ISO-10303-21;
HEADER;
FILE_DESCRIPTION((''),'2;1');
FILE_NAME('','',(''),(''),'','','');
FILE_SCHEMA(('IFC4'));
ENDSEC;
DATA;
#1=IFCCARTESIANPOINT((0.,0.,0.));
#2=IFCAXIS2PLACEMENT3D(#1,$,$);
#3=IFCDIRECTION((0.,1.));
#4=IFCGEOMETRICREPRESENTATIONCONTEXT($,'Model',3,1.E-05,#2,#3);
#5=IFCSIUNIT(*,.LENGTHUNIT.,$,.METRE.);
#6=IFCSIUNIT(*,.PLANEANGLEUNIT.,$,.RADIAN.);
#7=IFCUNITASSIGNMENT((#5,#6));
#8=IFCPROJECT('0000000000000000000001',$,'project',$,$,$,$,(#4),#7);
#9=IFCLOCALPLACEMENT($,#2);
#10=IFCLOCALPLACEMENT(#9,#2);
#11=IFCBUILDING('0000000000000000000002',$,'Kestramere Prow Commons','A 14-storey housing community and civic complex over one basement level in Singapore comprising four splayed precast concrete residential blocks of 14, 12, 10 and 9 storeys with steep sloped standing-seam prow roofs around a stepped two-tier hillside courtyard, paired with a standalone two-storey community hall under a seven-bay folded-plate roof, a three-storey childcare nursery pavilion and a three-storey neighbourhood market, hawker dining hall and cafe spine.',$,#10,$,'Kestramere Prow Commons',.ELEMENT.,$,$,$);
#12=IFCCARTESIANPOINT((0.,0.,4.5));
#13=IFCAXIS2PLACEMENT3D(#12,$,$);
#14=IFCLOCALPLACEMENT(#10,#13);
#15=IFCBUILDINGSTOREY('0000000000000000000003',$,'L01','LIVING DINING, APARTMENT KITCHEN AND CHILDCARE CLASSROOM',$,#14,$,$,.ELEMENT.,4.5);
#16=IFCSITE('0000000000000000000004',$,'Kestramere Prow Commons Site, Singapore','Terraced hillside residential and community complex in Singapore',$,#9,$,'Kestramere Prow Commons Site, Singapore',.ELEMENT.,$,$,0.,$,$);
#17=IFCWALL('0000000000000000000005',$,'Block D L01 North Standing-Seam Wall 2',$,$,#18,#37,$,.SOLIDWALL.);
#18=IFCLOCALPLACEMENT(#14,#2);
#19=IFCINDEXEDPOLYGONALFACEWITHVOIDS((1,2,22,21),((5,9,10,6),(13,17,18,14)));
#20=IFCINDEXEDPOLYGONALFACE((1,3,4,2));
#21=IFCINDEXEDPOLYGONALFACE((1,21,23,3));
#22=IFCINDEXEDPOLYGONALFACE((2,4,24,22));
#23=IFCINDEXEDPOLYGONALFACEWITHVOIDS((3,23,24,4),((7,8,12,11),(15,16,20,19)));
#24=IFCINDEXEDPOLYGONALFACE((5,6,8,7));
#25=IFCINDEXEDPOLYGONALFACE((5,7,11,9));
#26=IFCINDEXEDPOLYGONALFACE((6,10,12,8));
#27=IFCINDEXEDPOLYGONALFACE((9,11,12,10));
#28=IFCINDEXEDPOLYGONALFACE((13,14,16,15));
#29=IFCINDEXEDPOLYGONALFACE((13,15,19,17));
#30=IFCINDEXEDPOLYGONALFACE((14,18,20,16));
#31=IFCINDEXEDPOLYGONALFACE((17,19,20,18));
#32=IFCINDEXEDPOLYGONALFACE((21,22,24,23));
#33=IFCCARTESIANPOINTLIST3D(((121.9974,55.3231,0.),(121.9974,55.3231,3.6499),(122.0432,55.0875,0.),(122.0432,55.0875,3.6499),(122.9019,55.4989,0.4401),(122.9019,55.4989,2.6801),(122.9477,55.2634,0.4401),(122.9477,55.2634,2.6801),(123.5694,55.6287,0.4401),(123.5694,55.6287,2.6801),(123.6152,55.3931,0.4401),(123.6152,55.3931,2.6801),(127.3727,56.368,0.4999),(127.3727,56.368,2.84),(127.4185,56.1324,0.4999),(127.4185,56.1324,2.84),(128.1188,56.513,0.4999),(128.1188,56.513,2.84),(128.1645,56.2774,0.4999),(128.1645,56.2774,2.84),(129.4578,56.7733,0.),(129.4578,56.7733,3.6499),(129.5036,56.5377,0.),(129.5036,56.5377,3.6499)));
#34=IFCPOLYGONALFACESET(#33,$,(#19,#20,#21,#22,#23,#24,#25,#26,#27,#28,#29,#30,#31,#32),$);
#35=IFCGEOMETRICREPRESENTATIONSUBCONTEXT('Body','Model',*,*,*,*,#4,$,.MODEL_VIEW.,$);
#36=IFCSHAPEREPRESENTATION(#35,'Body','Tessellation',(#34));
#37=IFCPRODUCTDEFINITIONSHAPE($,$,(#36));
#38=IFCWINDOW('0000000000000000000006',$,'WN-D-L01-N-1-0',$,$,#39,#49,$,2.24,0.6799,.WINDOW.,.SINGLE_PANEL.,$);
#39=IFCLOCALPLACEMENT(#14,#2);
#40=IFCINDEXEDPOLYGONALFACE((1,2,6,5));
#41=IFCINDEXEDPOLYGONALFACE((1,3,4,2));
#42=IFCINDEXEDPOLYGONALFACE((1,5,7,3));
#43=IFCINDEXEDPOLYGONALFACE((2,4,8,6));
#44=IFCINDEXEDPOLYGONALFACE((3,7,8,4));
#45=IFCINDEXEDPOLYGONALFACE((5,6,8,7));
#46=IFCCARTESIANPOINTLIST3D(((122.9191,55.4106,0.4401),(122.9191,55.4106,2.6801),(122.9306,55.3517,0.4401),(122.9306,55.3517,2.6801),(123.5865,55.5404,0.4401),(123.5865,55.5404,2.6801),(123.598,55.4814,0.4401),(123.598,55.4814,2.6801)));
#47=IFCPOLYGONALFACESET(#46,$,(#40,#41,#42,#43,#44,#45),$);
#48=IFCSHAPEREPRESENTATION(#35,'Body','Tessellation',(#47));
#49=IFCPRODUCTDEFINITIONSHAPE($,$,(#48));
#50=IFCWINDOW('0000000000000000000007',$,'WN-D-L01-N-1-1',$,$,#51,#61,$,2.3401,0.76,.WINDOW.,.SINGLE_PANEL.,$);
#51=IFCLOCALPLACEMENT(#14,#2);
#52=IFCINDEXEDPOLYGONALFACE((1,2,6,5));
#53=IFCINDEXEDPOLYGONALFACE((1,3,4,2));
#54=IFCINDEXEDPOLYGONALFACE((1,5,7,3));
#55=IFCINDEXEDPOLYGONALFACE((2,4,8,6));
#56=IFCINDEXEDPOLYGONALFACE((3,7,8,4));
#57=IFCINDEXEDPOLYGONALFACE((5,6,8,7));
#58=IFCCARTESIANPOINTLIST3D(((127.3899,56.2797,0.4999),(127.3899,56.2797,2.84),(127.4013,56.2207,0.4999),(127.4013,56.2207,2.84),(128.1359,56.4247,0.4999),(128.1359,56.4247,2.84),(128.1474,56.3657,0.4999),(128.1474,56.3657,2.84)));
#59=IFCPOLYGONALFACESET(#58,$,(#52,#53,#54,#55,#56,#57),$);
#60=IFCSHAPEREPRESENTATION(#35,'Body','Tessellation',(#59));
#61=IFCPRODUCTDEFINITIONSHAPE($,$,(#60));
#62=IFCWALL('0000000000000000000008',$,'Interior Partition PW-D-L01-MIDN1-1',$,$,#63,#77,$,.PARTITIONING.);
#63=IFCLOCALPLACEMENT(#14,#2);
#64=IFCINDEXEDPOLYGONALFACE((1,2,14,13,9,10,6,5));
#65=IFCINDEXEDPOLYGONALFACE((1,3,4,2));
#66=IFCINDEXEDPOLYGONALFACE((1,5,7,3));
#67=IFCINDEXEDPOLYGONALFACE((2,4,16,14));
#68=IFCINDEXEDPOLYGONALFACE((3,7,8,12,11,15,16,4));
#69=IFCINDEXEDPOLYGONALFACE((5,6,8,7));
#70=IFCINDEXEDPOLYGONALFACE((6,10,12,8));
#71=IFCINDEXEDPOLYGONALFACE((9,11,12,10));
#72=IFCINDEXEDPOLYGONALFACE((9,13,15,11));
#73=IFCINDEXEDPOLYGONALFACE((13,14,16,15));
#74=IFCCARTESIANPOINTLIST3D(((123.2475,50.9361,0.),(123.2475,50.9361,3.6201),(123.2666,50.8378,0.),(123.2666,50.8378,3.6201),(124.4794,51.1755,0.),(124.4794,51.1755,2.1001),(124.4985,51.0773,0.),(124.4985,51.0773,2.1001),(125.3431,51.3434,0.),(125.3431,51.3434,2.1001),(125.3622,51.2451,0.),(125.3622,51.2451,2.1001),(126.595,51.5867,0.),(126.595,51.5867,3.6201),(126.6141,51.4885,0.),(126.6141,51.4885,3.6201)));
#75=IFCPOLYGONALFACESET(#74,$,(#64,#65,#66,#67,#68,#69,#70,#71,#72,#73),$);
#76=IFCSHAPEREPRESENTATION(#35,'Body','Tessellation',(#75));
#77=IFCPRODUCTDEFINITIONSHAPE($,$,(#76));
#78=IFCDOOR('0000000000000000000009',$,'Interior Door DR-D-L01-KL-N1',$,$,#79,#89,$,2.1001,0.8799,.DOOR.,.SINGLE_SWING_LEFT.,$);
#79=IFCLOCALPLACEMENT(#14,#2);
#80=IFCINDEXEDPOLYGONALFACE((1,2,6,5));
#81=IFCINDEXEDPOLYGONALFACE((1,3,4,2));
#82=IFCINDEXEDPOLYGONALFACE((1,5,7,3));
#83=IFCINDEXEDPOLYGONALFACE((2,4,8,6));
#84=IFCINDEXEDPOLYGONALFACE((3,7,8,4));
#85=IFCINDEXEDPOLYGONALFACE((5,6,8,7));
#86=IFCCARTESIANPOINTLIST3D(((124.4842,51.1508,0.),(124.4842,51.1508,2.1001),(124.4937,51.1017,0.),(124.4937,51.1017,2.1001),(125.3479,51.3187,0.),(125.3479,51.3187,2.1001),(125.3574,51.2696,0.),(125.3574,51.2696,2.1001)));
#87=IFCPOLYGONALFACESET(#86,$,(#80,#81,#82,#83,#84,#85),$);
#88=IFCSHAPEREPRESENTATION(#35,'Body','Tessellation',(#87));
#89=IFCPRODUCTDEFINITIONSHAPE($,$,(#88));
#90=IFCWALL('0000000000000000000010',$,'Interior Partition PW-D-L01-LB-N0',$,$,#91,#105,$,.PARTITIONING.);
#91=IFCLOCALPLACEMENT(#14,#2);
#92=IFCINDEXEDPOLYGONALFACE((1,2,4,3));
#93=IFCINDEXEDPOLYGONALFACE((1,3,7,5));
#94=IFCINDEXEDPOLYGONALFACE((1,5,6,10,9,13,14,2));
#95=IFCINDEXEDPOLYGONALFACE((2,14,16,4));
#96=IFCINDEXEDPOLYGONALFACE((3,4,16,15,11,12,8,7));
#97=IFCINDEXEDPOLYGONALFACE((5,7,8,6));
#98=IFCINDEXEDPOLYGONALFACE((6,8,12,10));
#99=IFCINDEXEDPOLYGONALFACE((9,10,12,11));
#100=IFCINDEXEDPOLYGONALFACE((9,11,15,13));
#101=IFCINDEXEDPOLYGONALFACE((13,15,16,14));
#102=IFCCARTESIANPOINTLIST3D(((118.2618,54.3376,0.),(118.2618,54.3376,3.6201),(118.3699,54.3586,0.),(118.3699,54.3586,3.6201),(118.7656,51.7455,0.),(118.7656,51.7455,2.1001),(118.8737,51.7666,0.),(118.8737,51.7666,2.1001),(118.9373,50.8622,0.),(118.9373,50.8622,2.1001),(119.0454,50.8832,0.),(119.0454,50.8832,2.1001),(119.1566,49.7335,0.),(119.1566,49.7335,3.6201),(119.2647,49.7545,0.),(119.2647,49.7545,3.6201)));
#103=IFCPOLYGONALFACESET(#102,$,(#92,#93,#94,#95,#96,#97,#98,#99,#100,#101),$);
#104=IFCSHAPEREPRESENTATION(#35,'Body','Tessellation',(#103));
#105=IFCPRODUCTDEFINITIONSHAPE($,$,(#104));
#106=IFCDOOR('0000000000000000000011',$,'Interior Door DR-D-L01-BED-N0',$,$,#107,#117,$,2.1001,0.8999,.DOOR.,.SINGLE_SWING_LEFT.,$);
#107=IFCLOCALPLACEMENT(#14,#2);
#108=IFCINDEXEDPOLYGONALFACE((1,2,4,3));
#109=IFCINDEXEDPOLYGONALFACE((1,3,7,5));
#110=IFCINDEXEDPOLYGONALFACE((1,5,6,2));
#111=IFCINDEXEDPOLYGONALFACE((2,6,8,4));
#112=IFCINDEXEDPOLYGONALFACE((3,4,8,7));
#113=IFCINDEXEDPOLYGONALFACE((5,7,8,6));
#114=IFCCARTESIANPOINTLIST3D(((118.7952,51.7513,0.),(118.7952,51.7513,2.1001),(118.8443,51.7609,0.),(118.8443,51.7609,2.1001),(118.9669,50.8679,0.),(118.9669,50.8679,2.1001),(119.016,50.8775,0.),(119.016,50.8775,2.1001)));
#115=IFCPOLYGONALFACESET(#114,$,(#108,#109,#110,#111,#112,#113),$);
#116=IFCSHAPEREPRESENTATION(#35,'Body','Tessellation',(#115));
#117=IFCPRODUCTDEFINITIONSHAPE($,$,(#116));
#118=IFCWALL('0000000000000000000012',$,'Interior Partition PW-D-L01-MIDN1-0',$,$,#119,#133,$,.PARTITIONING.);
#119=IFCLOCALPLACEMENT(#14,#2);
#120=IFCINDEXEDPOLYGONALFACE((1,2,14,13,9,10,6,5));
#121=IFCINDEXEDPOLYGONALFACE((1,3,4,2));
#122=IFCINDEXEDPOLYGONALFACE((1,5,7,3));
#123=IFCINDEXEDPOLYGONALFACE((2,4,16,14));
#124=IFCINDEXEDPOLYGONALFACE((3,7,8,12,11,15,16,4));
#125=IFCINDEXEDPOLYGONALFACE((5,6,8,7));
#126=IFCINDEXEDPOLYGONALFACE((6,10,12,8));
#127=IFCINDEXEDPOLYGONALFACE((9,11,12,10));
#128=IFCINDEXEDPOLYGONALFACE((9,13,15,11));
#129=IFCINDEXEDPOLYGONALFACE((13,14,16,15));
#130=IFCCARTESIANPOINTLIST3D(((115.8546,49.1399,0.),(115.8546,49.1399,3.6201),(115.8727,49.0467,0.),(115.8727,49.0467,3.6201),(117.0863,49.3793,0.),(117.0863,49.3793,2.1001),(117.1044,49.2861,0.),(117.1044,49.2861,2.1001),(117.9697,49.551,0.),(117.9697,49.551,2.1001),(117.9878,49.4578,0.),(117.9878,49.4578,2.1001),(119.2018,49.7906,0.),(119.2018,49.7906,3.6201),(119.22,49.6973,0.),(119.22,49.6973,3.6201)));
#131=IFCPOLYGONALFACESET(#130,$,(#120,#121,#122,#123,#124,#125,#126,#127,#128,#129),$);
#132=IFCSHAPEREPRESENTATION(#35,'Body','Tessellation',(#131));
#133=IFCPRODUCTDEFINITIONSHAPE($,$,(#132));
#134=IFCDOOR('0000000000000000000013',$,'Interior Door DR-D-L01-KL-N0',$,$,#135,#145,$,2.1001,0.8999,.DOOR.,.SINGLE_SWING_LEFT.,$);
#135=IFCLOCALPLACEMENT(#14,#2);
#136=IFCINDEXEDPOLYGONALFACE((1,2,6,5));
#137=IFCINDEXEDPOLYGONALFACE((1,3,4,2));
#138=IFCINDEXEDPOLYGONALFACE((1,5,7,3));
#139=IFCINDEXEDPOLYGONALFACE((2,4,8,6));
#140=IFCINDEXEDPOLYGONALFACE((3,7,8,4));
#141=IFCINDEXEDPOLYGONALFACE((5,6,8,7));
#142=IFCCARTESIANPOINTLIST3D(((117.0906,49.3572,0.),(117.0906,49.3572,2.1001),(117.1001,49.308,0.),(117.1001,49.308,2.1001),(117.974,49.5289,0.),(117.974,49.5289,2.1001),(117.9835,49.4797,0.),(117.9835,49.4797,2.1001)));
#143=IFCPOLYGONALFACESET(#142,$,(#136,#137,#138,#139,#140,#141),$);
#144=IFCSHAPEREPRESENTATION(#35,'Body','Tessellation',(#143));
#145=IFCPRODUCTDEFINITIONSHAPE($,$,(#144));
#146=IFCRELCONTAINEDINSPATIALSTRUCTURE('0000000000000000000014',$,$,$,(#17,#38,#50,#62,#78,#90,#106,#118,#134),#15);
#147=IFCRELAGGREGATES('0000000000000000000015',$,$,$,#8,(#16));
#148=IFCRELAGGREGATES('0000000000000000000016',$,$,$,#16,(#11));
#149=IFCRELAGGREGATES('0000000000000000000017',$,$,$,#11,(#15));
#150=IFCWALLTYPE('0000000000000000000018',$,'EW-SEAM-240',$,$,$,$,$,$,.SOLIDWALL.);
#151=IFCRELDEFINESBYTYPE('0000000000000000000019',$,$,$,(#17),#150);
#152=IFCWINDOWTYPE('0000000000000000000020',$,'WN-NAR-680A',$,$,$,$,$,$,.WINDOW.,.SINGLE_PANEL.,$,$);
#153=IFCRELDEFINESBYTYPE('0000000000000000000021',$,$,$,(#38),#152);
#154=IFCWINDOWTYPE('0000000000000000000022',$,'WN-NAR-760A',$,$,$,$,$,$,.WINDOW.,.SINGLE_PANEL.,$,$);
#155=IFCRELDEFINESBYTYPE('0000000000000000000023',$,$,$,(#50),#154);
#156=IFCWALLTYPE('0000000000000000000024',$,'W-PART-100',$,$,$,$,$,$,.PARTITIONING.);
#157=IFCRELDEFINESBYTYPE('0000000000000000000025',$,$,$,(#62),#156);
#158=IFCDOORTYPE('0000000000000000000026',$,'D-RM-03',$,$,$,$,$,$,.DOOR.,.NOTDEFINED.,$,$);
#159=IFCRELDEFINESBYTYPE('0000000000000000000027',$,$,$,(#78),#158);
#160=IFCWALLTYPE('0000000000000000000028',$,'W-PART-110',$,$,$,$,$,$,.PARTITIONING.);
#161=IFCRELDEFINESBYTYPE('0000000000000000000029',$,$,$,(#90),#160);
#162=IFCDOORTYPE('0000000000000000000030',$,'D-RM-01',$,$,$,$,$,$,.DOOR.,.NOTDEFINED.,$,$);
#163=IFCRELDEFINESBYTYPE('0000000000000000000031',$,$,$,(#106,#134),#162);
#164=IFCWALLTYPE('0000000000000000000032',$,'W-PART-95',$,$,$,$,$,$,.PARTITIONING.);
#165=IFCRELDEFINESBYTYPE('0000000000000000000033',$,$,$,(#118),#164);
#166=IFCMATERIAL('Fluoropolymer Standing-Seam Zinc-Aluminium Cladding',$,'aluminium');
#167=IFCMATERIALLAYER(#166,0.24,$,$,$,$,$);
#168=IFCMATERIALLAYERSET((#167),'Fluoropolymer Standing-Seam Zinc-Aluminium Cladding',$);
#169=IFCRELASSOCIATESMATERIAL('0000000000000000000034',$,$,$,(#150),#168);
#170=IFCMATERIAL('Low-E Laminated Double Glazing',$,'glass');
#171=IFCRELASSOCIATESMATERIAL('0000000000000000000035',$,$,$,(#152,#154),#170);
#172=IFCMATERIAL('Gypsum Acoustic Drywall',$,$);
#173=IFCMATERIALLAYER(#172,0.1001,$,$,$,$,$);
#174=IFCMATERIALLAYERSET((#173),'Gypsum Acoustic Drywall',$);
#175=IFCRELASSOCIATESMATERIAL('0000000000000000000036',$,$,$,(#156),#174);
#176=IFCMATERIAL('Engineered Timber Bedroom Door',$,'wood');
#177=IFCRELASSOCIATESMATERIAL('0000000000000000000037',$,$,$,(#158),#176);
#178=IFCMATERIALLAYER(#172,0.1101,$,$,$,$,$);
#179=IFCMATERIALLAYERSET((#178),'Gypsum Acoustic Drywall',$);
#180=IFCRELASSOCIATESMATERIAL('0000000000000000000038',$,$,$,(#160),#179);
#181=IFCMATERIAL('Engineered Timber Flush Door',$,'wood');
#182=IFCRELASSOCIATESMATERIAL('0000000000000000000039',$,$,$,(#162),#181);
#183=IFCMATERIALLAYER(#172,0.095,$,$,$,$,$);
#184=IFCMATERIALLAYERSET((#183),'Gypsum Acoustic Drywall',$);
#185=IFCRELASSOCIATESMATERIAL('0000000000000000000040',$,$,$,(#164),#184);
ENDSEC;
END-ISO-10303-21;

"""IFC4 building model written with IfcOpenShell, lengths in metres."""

from ifc_helpers import new_model, si_unit, direction, frame, frame_2d, origin, place, context, subcontext, project, spatial, rectangle, extrude, material, layer, layer_set, type_object, element, fill, save


model = new_model("IFC4")

# Units and contexts
model_context = context("Model", 3, precision=1e-05, world=origin(), true_north=direction((0.0, 1.0)))
body_context = subcontext(model_context, "Body", "Model", "MODEL_VIEW")
ifc_project = project(units=[si_unit("LENGTHUNIT", "METRE"), si_unit("PLANEANGLEUNIT", "RADIAN")], contexts=[model_context])

# Site, building, storey
site_placement = place(None, origin())
site = spatial("IfcSite", under=ifc_project, at=site_placement, Name="Kestramere Prow Commons Site, Singapore", Description="Terraced hillside residential and community complex in Singapore", LongName="Kestramere Prow Commons Site, Singapore", CompositionType="ELEMENT", RefElevation=0.0)
building_placement = place(site_placement, origin())
building = spatial("IfcBuilding", under=site, at=building_placement, Name="Kestramere Prow Commons", Description="A 14-storey housing community and civic complex over one basement level in Singapore comprising four splayed precast concrete residential blocks of 14, 12, 10 and 9 storeys with steep sloped standing-seam prow roofs around a stepped two-tier hillside courtyard, paired with a standalone two-storey community hall under a seven-bay folded-plate roof, a three-storey childcare nursery pavilion and a three-storey neighbourhood market, hawker dining hall and cafe spine.", LongName="Kestramere Prow Commons", CompositionType="ELEMENT")
storey_placement = place(building_placement, frame((0.0, 0.0, 4.5)))
storey = spatial("IfcBuildingStorey", under=building, at=storey_placement, Name="L01", Description="LIVING DINING, APARTMENT KITCHEN AND CHILDCARE CLASSROOM", CompositionType="ELEMENT", Elevation=4.5)

# Wall, openings, windows
ifc_material_1 = material(Name="Fluoropolymer Standing-Seam Zinc-Aluminium Cladding", Category="aluminium")
ifc_layer_1 = layer(ifc_material_1, 0.24)
ifc_layer_set_1 = layer_set([ifc_layer_1], Name="Fluoropolymer Standing-Seam Zinc-Aluminium Cladding")
wall_type_1 = type_object("IfcWallType", Name="EW-SEAM-240", PredefinedType="SOLIDWALL", material=ifc_layer_set_1)
ifc_material_2 = material(Name="Low-E Laminated Double Glazing", Category="glass")
wall_1_placement = place(storey_placement, frame((122.0203, 55.2053, 0.0), z_axis=(0.0, 0.0, 1.0), x_axis=(0.981626, 0.190813, 0.0)))
wall_1 = element("IfcWall", 1, at=wall_1_placement, inside=storey, type_object=wall_type_1, Name="Block D L01 North Standing-Seam Wall 2", PredefinedType="SOLIDWALL", context=body_context, shape_type="SweptSolid", body=[
    extrude(rectangle(XDim=7.6001, YDim=0.24, at=frame_2d((3.8, 0.0))), origin(), (0.0, 0.0, 1.0), 3.6499),
])
opening_1_placement = place(wall_1_placement, frame((0.9216, 0.0, 0.4399)))
opening_1 = element("IfcOpeningElement", 2, at=opening_1_placement, cuts=wall_1, PredefinedType="OPENING", context=body_context, shape_type="SweptSolid", body=[
    extrude(rectangle(XDim=0.6799, YDim=2.24, at=frame_2d((0.3398, 1.1201))), frame((0.0, 0.135, 0.0), z_axis=(0.0, -1.0, 0.0), x_axis=(1.0, 0.0, 0.0)), (0.0, 0.0, 1.0), 0.27),
])
opening_2_placement = place(wall_1_placement, frame((5.4761, 0.0, 0.5)))
opening_2 = element("IfcOpeningElement", 3, at=opening_2_placement, cuts=wall_1, PredefinedType="OPENING", context=body_context, shape_type="SweptSolid", body=[
    extrude(rectangle(XDim=0.76, YDim=2.3401, at=frame_2d((0.3799, 1.1699))), frame((0.0, 0.135, 0.0), z_axis=(0.0, -1.0, 0.0), x_axis=(1.0, 0.0, 0.0)), (0.0, 0.0, 1.0), 0.27),
])
window_type_1 = type_object("IfcWindowType", Name="WN-NAR-680A", PartitioningType="SINGLE_PANEL", PredefinedType="WINDOW", material=ifc_material_2)
window_1_placement = place(opening_1_placement, origin())
window_1 = element("IfcWindow", 4, at=window_1_placement, inside=storey, type_object=window_type_1, Name="WN-D-L01-N-1-0", OverallHeight=2.24, OverallWidth=0.6799, PartitioningType="SINGLE_PANEL", PredefinedType="WINDOW", context=body_context, shape_type="SweptSolid", body=[
    extrude(rectangle(XDim=0.6799, YDim=2.24, at=frame_2d((0.3398, 1.1201))), frame((0.0, 0.03, 0.0), z_axis=(0.0, -1.0, 0.0), x_axis=(1.0, 0.0, 0.0)), (0.0, 0.0, 1.0), 0.0601),
])
fill(opening_1, window_1)
window_type_2 = type_object("IfcWindowType", Name="WN-NAR-760A", PartitioningType="SINGLE_PANEL", PredefinedType="WINDOW", material=ifc_material_2)
window_2_placement = place(opening_2_placement, origin())
window_2 = element("IfcWindow", 5, at=window_2_placement, inside=storey, type_object=window_type_2, Name="WN-D-L01-N-1-1", OverallHeight=2.3401, OverallWidth=0.76, PartitioningType="SINGLE_PANEL", PredefinedType="WINDOW", context=body_context, shape_type="SweptSolid", body=[
    extrude(rectangle(XDim=0.76, YDim=2.3401, at=frame_2d((0.3799, 1.1699))), frame((0.0, 0.03, 0.0), z_axis=(0.0, -1.0, 0.0), x_axis=(1.0, 0.0, 0.0)), (0.0, 0.0, 1.0), 0.0601),
])
fill(opening_2, window_2)

# Walls, openings, doors
ifc_material_3 = material(Name="Gypsum Acoustic Drywall")
ifc_layer_2 = layer(ifc_material_3, 0.1001)
ifc_layer_set_2 = layer_set([ifc_layer_2], Name="Gypsum Acoustic Drywall")
wall_type_2 = type_object("IfcWallType", Name="W-PART-100", PredefinedType="PARTITIONING", material=ifc_layer_set_2)
wall_2_placement = place(storey_placement, frame((123.2571, 50.887, 0.0), z_axis=(0.0, 0.0, 1.0), x_axis=(0.981629, 0.190799, 0.0)))
wall_2 = element("IfcWall", 6, at=wall_2_placement, inside=storey, type_object=wall_type_2, Name="Interior Partition PW-D-L01-MIDN1-1", PredefinedType="PARTITIONING", context=body_context, shape_type="SweptSolid", body=[
    extrude(rectangle(XDim=3.4102, YDim=0.1001, at=frame_2d((1.7051, 0.0))), origin(), (0.0, 0.0, 1.0), 3.6201),
])
opening_3_placement = place(wall_2_placement, frame((1.2549, 0.0, 0.0)))
opening_3 = element("IfcOpeningElement", 7, at=opening_3_placement, cuts=wall_2, PredefinedType="OPENING", context=body_context, shape_type="SweptSolid", body=[
    extrude(rectangle(XDim=0.8799, YDim=2.1001, at=frame_2d((0.4399, 1.05))), frame((0.0, 0.0649, 0.0), z_axis=(0.0, -1.0, 0.0), x_axis=(1.0, 0.0, 0.0)), (0.0, 0.0, 1.0), 0.1301),
])
ifc_material_4 = material(Name="Engineered Timber Bedroom Door", Category="wood")
door_type_1 = type_object("IfcDoorType", Name="D-RM-03", OperationType="NOTDEFINED", PredefinedType="DOOR", material=ifc_material_4)
door_1_placement = place(opening_3_placement, origin())
door_1 = element("IfcDoor", 8, at=door_1_placement, inside=storey, type_object=door_type_1, Name="Interior Door DR-D-L01-KL-N1", OperationType="SINGLE_SWING_LEFT", OverallHeight=2.1001, OverallWidth=0.8799, PredefinedType="DOOR", context=body_context, shape_type="SweptSolid", body=[
    extrude(rectangle(XDim=0.8799, YDim=2.1001, at=frame_2d((0.4399, 1.05))), frame((0.0, 0.0249, 0.0), z_axis=(0.0, -1.0, 0.0), x_axis=(1.0, 0.0, 0.0)), (0.0, 0.0, 1.0), 0.05),
])
fill(opening_3, door_1)
ifc_layer_3 = layer(ifc_material_3, 0.1101)
ifc_layer_set_3 = layer_set([ifc_layer_3], Name="Gypsum Acoustic Drywall")
wall_type_3 = type_object("IfcWallType", Name="W-PART-110", PredefinedType="PARTITIONING", material=ifc_layer_set_3)
wall_3_placement = place(storey_placement, frame((119.2107, 49.7439, 0.0), z_axis=(0.0, 0.0, 1.0), x_axis=(-0.190778, 0.981633, 0.0)))
wall_3 = element("IfcWall", 9, at=wall_3_placement, inside=storey, type_object=wall_type_3, Name="Interior Partition PW-D-L01-LB-N0", PredefinedType="PARTITIONING", context=body_context, shape_type="SweptSolid", body=[
    extrude(rectangle(XDim=4.6902, YDim=0.1101, at=frame_2d((2.3452, 0.0))), origin(), (0.0, 0.0, 1.0), 3.6201),
])
opening_4_placement = place(wall_3_placement, frame((1.1499, 0.0, 0.0)))
opening_4 = element("IfcOpeningElement", 10, at=opening_4_placement, cuts=wall_3, PredefinedType="OPENING", context=body_context, shape_type="SweptSolid", body=[
    extrude(rectangle(XDim=0.8999, YDim=2.1001, at=frame_2d((0.45, 1.05))), frame((0.0, 0.0701, 0.0), z_axis=(0.0, -1.0, 0.0), x_axis=(1.0, 0.0, 0.0)), (0.0, 0.0, 1.0), 0.1401),
])
ifc_material_5 = material(Name="Engineered Timber Flush Door", Category="wood")
door_type_2 = type_object("IfcDoorType", Name="D-RM-01", OperationType="NOTDEFINED", PredefinedType="DOOR", material=ifc_material_5)
door_2_placement = place(opening_4_placement, origin())
door_2 = element("IfcDoor", 11, at=door_2_placement, inside=storey, type_object=door_type_2, Name="Interior Door DR-D-L01-BED-N0", OperationType="SINGLE_SWING_LEFT", OverallHeight=2.1001, OverallWidth=0.8999, PredefinedType="DOOR", context=body_context, shape_type="SweptSolid", body=[
    extrude(rectangle(XDim=0.8999, YDim=2.1001, at=frame_2d((0.45, 1.05))), frame((0.0, 0.0249, 0.0), z_axis=(0.0, -1.0, 0.0), x_axis=(1.0, 0.0, 0.0)), (0.0, 0.0, 1.0), 0.05),
])
fill(opening_4, door_2)
ifc_layer_4 = layer(ifc_material_3, 0.095)
ifc_layer_set_4 = layer_set([ifc_layer_4], Name="Gypsum Acoustic Drywall")
wall_type_4 = type_object("IfcWallType", Name="W-PART-95", PredefinedType="PARTITIONING", material=ifc_layer_set_4)
wall_4_placement = place(storey_placement, frame((115.8635, 49.0933, 0.0), z_axis=(0.0, 0.0, 1.0), x_axis=(0.981627, 0.190812, 0.0)))
wall_4 = element("IfcWall", 12, at=wall_4_placement, inside=storey, type_object=wall_type_4, Name="Interior Partition PW-D-L01-MIDN1-0", PredefinedType="PARTITIONING", context=body_context, shape_type="SweptSolid", body=[
    extrude(rectangle(XDim=3.4099, YDim=0.095, at=frame_2d((1.7051, 0.0))), origin(), (0.0, 0.0, 1.0), 3.6201),
])
opening_5_placement = place(wall_4_placement, frame((1.2549, 0.0, 0.0)))
opening_5 = element("IfcOpeningElement", 13, at=opening_5_placement, cuts=wall_4, PredefinedType="OPENING", context=body_context, shape_type="SweptSolid", body=[
    extrude(rectangle(XDim=0.8999, YDim=2.1001, at=frame_2d((0.45, 1.05))), frame((0.0, 0.0625, 0.0), z_axis=(0.0, -1.0, 0.0), x_axis=(1.0, 0.0, 0.0)), (0.0, 0.0, 1.0), 0.125),
])
door_3_placement = place(opening_5_placement, origin())
door_3 = element("IfcDoor", 14, at=door_3_placement, inside=storey, type_object=door_type_2, Name="Interior Door DR-D-L01-KL-N0", OperationType="SINGLE_SWING_LEFT", OverallHeight=2.1001, OverallWidth=0.8999, PredefinedType="DOOR", context=body_context, shape_type="SweptSolid", body=[
    extrude(rectangle(XDim=0.8999, YDim=2.1001, at=frame_2d((0.45, 1.05))), frame((0.0, 0.0249, 0.0), z_axis=(0.0, -1.0, 0.0), x_axis=(1.0, 0.0, 0.0)), (0.0, 0.0, 1.0), 0.05),
])
fill(opening_5, door_3)

save(model, "model.ifc")
